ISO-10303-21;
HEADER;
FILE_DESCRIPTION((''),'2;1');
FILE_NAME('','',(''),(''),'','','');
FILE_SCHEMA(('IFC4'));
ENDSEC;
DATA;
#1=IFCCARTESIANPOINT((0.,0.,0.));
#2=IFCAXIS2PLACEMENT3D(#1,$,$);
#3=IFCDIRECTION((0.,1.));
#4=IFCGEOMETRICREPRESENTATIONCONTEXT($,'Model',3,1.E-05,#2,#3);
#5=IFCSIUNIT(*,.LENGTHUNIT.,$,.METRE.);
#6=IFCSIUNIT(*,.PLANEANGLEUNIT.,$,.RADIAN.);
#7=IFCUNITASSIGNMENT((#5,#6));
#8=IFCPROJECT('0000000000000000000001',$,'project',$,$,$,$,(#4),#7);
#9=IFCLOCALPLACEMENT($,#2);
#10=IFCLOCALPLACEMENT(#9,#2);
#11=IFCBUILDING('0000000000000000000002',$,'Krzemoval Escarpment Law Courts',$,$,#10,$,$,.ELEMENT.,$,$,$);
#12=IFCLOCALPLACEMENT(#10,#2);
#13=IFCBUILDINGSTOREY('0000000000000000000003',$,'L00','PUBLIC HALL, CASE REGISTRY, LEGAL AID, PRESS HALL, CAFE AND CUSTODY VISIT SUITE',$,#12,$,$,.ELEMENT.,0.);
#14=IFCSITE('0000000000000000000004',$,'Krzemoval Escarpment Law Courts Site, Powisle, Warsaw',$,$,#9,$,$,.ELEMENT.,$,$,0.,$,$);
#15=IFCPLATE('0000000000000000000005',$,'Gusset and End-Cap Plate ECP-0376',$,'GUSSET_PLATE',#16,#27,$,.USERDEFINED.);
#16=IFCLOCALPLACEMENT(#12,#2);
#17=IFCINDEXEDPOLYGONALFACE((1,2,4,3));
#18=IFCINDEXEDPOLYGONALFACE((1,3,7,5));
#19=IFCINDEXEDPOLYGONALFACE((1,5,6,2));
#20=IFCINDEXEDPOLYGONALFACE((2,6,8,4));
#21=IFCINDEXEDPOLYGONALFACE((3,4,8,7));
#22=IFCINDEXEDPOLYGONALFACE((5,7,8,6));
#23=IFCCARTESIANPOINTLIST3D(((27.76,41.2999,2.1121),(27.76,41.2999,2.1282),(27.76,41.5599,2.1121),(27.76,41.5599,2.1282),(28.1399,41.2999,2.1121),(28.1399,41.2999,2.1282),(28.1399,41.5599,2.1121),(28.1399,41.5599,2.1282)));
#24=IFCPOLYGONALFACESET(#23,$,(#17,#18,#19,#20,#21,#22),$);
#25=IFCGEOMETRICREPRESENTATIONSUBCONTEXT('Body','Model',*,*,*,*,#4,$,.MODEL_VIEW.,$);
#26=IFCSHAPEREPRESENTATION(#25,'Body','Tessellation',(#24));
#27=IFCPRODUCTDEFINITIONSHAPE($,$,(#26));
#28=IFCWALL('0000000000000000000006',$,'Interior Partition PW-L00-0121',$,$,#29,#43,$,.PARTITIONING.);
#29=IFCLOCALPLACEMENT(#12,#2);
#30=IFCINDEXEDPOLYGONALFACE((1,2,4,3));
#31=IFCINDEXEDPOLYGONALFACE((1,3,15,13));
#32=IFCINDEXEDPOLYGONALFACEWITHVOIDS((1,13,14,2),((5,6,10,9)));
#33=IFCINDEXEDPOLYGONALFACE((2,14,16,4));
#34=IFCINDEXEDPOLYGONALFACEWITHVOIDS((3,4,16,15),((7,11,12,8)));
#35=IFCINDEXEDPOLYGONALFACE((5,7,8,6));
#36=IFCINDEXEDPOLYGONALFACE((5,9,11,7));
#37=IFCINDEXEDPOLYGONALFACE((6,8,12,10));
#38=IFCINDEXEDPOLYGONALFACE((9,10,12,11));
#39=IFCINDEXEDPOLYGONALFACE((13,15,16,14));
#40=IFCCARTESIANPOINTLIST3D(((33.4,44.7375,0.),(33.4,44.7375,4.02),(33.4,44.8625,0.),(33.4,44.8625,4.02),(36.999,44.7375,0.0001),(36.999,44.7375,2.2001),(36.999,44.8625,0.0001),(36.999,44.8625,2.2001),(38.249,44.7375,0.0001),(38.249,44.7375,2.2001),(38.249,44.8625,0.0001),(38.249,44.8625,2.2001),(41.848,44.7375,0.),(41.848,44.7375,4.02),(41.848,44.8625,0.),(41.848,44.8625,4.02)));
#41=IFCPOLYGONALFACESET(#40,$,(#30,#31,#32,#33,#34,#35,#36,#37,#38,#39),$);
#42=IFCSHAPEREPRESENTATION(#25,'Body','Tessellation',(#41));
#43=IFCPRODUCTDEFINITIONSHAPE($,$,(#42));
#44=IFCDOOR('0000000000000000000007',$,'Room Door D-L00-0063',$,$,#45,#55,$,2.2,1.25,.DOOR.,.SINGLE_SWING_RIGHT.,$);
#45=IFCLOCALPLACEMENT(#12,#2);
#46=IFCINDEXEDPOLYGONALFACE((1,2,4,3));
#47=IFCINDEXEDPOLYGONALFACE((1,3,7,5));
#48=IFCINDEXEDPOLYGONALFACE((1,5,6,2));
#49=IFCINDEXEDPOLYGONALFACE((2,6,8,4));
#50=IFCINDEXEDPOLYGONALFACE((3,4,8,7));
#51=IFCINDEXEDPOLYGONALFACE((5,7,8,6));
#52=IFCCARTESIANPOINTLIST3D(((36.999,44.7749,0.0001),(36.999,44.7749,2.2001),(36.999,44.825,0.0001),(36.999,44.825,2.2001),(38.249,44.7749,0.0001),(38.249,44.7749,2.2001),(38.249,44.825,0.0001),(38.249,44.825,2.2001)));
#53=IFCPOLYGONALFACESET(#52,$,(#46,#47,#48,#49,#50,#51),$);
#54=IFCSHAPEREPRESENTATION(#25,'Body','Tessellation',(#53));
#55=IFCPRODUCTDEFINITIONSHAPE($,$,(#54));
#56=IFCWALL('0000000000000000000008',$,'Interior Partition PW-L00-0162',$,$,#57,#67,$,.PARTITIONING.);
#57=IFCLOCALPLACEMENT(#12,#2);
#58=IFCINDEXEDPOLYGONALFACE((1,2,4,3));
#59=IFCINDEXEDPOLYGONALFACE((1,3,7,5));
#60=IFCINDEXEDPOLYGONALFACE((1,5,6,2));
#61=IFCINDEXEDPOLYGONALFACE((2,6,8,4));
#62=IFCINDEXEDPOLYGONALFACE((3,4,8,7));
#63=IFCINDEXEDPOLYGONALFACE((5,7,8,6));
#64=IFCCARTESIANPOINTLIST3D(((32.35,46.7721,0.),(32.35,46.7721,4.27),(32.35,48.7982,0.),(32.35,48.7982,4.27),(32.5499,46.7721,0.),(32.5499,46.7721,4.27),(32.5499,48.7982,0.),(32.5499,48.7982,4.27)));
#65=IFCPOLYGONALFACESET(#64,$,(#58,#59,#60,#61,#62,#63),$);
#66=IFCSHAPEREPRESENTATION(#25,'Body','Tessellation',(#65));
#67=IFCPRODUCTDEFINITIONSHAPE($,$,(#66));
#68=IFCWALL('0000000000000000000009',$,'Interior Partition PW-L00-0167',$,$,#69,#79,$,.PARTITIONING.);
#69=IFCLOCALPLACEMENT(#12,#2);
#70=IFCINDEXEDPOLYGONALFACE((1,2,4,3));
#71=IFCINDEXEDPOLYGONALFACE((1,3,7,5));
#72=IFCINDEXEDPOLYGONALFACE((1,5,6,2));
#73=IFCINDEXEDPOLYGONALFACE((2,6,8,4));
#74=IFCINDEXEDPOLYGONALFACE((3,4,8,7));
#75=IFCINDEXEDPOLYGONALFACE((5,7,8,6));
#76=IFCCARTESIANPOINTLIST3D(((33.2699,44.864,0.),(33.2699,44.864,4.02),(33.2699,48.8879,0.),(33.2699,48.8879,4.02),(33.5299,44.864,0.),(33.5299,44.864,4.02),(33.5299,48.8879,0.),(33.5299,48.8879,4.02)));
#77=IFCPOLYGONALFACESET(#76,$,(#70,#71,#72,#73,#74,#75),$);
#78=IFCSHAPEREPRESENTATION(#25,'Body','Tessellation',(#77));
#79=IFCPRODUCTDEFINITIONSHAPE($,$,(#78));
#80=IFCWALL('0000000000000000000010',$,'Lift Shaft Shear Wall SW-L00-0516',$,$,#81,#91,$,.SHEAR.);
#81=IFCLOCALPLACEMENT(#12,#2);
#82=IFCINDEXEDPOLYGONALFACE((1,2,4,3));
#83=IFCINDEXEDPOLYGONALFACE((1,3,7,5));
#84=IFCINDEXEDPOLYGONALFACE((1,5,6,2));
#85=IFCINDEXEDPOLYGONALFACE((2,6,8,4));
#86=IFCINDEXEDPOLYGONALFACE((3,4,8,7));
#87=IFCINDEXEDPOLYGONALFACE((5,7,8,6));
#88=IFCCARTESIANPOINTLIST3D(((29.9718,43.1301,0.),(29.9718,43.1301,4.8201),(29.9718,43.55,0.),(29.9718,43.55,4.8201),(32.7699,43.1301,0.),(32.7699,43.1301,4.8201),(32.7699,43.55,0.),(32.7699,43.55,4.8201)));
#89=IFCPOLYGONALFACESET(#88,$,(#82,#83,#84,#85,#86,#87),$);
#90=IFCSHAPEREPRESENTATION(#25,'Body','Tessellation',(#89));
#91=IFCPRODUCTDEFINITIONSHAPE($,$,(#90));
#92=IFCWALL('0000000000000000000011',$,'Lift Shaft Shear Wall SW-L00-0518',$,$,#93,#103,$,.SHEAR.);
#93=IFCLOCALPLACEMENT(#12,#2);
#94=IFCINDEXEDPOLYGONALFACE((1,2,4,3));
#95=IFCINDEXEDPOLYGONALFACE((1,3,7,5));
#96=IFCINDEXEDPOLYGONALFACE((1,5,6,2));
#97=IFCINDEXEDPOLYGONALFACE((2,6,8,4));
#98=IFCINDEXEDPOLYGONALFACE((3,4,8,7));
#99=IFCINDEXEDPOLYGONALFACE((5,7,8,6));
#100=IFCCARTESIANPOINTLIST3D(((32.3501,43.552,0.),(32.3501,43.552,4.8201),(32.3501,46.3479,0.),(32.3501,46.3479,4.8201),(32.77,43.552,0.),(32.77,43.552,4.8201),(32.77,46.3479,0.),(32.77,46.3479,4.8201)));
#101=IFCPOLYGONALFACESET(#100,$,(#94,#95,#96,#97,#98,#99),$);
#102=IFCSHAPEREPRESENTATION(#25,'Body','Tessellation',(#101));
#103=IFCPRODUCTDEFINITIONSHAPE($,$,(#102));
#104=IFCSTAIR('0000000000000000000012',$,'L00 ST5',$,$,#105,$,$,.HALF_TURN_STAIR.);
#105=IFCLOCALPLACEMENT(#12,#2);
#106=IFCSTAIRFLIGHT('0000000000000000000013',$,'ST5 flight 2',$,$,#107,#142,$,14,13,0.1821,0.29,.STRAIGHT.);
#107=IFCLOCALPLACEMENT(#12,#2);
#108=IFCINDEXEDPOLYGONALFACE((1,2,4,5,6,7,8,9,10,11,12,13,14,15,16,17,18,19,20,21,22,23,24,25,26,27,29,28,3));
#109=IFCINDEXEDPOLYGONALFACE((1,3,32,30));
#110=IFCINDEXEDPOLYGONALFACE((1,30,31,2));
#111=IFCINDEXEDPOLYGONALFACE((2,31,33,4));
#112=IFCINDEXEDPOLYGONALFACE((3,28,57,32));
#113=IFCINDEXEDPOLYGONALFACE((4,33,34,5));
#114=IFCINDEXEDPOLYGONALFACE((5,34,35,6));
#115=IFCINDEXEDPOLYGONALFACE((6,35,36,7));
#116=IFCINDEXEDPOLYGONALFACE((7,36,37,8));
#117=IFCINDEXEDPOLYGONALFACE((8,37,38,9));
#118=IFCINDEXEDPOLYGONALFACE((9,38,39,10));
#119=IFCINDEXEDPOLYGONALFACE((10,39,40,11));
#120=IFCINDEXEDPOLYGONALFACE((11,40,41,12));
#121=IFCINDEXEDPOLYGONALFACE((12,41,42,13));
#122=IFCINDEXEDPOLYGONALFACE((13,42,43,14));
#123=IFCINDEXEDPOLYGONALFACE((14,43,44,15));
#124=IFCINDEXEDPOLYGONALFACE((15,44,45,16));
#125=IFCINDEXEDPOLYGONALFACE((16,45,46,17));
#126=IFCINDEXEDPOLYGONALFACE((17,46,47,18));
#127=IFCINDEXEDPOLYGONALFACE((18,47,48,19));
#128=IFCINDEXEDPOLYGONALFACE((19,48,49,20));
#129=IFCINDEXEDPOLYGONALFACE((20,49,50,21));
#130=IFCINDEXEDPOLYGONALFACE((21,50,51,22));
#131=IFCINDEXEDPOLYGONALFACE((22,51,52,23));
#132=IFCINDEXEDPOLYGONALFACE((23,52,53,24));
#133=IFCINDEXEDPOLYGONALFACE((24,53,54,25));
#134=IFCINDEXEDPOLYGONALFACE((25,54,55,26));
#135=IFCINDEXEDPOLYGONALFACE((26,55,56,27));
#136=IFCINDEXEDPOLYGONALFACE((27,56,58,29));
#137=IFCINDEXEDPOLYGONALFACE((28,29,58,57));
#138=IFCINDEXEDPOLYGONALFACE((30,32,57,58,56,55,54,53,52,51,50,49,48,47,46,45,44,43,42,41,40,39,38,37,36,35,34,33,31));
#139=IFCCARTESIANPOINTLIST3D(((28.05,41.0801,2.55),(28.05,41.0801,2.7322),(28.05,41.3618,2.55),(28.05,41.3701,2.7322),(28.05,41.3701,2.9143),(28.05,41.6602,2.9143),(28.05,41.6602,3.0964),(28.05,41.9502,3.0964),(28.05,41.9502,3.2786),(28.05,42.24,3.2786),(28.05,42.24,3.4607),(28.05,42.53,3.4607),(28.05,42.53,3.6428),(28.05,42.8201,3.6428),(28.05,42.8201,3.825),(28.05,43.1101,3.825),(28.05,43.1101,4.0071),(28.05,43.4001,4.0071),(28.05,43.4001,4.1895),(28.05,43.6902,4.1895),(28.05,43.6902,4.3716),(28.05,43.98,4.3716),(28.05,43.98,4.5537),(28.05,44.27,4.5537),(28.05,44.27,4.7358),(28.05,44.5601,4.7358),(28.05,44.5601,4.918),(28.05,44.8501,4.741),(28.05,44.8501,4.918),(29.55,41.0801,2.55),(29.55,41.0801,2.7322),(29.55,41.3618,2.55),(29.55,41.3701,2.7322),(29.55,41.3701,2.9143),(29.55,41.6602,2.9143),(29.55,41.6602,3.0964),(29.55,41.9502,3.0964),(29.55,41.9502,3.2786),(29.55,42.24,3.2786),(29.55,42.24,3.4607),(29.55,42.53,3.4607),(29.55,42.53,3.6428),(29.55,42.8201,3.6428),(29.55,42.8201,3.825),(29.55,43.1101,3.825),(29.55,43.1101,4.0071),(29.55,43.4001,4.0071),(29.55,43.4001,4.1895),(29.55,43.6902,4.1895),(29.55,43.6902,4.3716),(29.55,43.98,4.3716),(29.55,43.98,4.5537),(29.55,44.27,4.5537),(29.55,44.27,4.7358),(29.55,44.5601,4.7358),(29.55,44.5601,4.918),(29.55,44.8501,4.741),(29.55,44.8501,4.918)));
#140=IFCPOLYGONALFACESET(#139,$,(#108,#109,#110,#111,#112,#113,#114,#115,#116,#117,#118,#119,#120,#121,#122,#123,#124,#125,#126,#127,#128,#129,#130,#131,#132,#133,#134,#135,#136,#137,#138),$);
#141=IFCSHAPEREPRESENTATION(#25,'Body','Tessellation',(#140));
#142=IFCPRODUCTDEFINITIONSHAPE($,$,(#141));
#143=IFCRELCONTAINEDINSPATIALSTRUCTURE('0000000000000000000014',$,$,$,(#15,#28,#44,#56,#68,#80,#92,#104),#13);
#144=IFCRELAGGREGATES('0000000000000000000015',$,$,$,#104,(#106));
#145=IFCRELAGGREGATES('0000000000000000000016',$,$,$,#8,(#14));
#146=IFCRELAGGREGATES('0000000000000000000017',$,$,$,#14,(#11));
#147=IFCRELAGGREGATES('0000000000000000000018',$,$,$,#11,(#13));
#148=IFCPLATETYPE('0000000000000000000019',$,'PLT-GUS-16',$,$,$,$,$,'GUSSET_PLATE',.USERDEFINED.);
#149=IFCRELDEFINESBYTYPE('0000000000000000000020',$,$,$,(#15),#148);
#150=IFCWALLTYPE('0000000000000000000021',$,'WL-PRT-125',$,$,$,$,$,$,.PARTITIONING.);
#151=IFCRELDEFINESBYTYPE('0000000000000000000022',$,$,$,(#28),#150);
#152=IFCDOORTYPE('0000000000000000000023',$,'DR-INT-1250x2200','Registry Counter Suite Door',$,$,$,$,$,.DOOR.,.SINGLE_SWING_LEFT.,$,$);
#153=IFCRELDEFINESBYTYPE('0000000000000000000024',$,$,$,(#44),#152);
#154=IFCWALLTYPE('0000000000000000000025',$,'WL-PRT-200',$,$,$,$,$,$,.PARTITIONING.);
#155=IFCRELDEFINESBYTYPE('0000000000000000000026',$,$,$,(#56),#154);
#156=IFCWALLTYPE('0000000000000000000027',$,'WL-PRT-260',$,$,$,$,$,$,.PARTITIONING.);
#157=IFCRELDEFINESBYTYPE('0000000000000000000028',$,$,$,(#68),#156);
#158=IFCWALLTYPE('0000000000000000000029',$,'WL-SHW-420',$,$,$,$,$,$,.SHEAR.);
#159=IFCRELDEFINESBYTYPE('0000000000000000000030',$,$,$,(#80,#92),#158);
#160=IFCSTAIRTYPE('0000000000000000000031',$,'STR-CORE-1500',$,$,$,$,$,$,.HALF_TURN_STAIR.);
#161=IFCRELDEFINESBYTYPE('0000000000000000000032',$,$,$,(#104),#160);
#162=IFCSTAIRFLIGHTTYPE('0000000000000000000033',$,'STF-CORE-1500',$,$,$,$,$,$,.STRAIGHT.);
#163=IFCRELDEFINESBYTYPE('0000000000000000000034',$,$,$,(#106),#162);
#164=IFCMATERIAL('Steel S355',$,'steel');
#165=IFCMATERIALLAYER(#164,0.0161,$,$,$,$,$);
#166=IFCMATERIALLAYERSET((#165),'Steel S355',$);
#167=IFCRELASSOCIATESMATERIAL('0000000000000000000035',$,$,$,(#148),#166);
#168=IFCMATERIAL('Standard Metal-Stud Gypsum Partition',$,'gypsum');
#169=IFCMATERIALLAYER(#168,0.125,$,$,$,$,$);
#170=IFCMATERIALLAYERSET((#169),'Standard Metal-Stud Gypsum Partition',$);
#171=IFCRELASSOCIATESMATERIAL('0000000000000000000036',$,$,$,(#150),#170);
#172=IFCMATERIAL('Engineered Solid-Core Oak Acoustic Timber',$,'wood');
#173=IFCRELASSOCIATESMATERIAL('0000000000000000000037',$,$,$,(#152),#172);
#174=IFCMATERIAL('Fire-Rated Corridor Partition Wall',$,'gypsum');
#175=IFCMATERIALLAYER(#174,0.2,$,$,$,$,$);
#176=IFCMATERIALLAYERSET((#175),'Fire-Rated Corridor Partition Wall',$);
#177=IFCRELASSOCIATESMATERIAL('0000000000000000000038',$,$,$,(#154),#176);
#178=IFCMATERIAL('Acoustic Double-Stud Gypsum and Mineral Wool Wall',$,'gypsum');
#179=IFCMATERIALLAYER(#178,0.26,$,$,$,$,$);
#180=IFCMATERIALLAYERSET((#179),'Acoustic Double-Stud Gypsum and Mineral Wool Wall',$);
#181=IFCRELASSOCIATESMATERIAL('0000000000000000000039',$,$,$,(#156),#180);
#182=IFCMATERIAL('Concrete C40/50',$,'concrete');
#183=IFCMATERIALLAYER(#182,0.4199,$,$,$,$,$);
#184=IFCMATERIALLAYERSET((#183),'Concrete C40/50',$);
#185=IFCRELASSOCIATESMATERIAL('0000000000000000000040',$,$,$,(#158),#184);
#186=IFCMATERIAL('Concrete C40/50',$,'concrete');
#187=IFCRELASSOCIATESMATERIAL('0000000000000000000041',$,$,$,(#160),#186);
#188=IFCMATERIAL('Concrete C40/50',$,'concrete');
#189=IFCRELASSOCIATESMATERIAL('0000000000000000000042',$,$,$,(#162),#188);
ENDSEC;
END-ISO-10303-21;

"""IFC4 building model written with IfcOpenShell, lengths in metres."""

from ifc_helpers import new_model, si_unit, direction, frame, frame_2d, origin, origin_2d, place, context, subcontext, project, spatial, polyline, rectangle, outline, extrude, material, layer, layer_set, type_object, element, fill, aggregate, save


model = new_model("IFC4")

# Units and contexts
model_context = context("Model", 3, precision=1e-05, world=origin(), true_north=direction((0.0, 1.0)))
body_context = subcontext(model_context, "Body", "Model", "MODEL_VIEW")
ifc_project = project(units=[si_unit("LENGTHUNIT", "METRE"), si_unit("PLANEANGLEUNIT", "RADIAN")], contexts=[model_context])

# Site, building, storey
site_placement = place(None, origin())
site = spatial("IfcSite", under=ifc_project, at=site_placement, Name="Krzemoval Escarpment Law Courts Site, Powisle, Warsaw", CompositionType="ELEMENT", RefElevation=0.0)
building_placement = place(site_placement, origin())
building = spatial("IfcBuilding", under=site, at=building_placement, Name="Krzemoval Escarpment Law Courts", CompositionType="ELEMENT")
storey_placement = place(building_placement, origin())
storey = spatial("IfcBuildingStorey", under=building, at=storey_placement, Name="L00", Description="PUBLIC HALL, CASE REGISTRY, LEGAL AID, PRESS HALL, CAFE AND CUSTODY VISIT SUITE", CompositionType="ELEMENT", Elevation=0.0)

# Plate
ifc_material_1 = material(Name="Steel S355", Category="steel")
ifc_layer_1 = layer(ifc_material_1, 0.0161)
ifc_layer_set_1 = layer_set([ifc_layer_1], Name="Steel S355")
plate_type_1 = type_object("IfcPlateType", Name="PLT-GUS-16", ElementType="GUSSET_PLATE", PredefinedType="USERDEFINED", material=ifc_layer_set_1)
plate_1_placement = place(storey_placement, frame((27.95, 41.4299, 2.1121), z_axis=(0.0, 0.0, 1.0), x_axis=(1.0, 0.0, 0.0)))
element("IfcPlate", 1, at=plate_1_placement, inside=storey, type_object=plate_type_1, Name="Gusset and End-Cap Plate ECP-0376", ObjectType="GUSSET_PLATE", PredefinedType="USERDEFINED", context=body_context, shape_type="SweptSolid", body=[
    extrude(rectangle(XDim=0.3799, YDim=0.26, at=origin_2d()), origin(), (0.0, 0.0, 1.0), 0.0161),
])

# Wall, opening, door
ifc_material_2 = material(Name="Standard Metal-Stud Gypsum Partition", Category="gypsum")
ifc_layer_2 = layer(ifc_material_2, 0.125)
ifc_layer_set_2 = layer_set([ifc_layer_2], Name="Standard Metal-Stud Gypsum Partition")
wall_type_1 = type_object("IfcWallType", Name="WL-PRT-125", PredefinedType="PARTITIONING", material=ifc_layer_set_2)
wall_1_placement = place(storey_placement, frame((33.3999, 44.8, 0.0), z_axis=(0.0, 0.0, 1.0), x_axis=(1.0, 0.0, 0.0)))
wall_1 = element("IfcWall", 2, at=wall_1_placement, inside=storey, type_object=wall_type_1, Name="Interior Partition PW-L00-0121", PredefinedType="PARTITIONING", context=body_context, shape_type="SweptSolid", body=[
    extrude(rectangle(XDim=8.448, YDim=0.125, at=frame_2d((4.2241, 0.0))), origin(), (0.0, 0.0, 1.0), 4.02),
])
opening_1_placement = place(wall_1_placement, frame((3.5991, 0.0, 0.0)))
opening_1 = element("IfcOpeningElement", 3, at=opening_1_placement, cuts=wall_1, PredefinedType="OPENING", context=body_context, shape_type="SweptSolid", body=[
    extrude(rectangle(XDim=1.25, YDim=2.2, at=frame_2d((0.625, 1.1001))), frame((0.0, 0.0775, 0.0), z_axis=(0.0, -1.0, 0.0), x_axis=(1.0, 0.0, 0.0)), (0.0, 0.0, 1.0), 0.155),
])
ifc_material_3 = material(Name="Engineered Solid-Core Oak Acoustic Timber", Category="wood")
door_type_1 = type_object("IfcDoorType", Name="DR-INT-1250x2200", Description="Registry Counter Suite Door", OperationType="SINGLE_SWING_LEFT", PredefinedType="DOOR", material=ifc_material_3)
door_1_placement = place(opening_1_placement, origin())
door_1 = element("IfcDoor", 4, at=door_1_placement, inside=storey, type_object=door_type_1, Name="Room Door D-L00-0063", OperationType="SINGLE_SWING_RIGHT", OverallHeight=2.2, OverallWidth=1.25, PredefinedType="DOOR", context=body_context, shape_type="SweptSolid", body=[
    extrude(rectangle(XDim=1.25, YDim=2.2, at=frame_2d((0.625, 1.1001))), frame((0.0, 0.0249, 0.0), z_axis=(0.0, -1.0, 0.0), x_axis=(1.0, 0.0, 0.0)), (0.0, 0.0, 1.0), 0.05),
])
fill(opening_1, door_1)

# Walls
ifc_material_4 = material(Name="Fire-Rated Corridor Partition Wall", Category="gypsum")
ifc_layer_3 = layer(ifc_material_4, 0.2)
ifc_layer_set_3 = layer_set([ifc_layer_3], Name="Fire-Rated Corridor Partition Wall")
wall_type_2 = type_object("IfcWallType", Name="WL-PRT-200", PredefinedType="PARTITIONING", material=ifc_layer_set_3)
wall_2_placement = place(storey_placement, frame((32.45, 46.772, 0.0), z_axis=(0.0, 0.0, 1.0), x_axis=(0.0, 1.0, 0.0)))
element("IfcWall", 5, at=wall_2_placement, inside=storey, type_object=wall_type_2, Name="Interior Partition PW-L00-0162", PredefinedType="PARTITIONING", context=body_context, shape_type="SweptSolid", body=[
    extrude(rectangle(XDim=2.0261, YDim=0.2, at=frame_2d((1.0132, 0.0))), origin(), (0.0, 0.0, 1.0), 4.27),
])
ifc_material_5 = material(Name="Acoustic Double-Stud Gypsum and Mineral Wool Wall", Category="gypsum")
ifc_layer_4 = layer(ifc_material_5, 0.26)
ifc_layer_set_4 = layer_set([ifc_layer_4], Name="Acoustic Double-Stud Gypsum and Mineral Wool Wall")
wall_type_3 = type_object("IfcWallType", Name="WL-PRT-260", PredefinedType="PARTITIONING", material=ifc_layer_set_4)
wall_3_placement = place(storey_placement, frame((33.3999, 44.864, 0.0), z_axis=(0.0, 0.0, 1.0), x_axis=(0.0, 1.0, 0.0)))
element("IfcWall", 6, at=wall_3_placement, inside=storey, type_object=wall_type_3, Name="Interior Partition PW-L00-0167", PredefinedType="PARTITIONING", context=body_context, shape_type="SweptSolid", body=[
    extrude(rectangle(XDim=4.0239, YDim=0.26, at=frame_2d((2.012, 0.0))), origin(), (0.0, 0.0, 1.0), 4.02),
])
ifc_material_6 = material(Name="Concrete C40/50", Category="concrete")
ifc_layer_5 = layer(ifc_material_6, 0.4199)
ifc_layer_set_5 = layer_set([ifc_layer_5], Name="Concrete C40/50")
wall_type_4 = type_object("IfcWallType", Name="WL-SHW-420", PredefinedType="SHEAR", material=ifc_layer_set_5)
wall_4_placement = place(storey_placement, frame((29.9719, 43.3401, 0.0), z_axis=(0.0, 0.0, 1.0), x_axis=(1.0, 0.0, 0.0)))
element("IfcWall", 7, at=wall_4_placement, inside=storey, type_object=wall_type_4, Name="Lift Shaft Shear Wall SW-L00-0516", PredefinedType="SHEAR", context=body_context, shape_type="SweptSolid", body=[
    extrude(rectangle(XDim=2.7981, YDim=0.4199, at=frame_2d((1.3989, 0.0))), origin(), (0.0, 0.0, 1.0), 4.8201),
])

# Wall
wall_5_placement = place(storey_placement, frame((32.5601, 43.552, 0.0), z_axis=(0.0, 0.0, 1.0), x_axis=(0.0, 1.0, 0.0)))
element("IfcWall", 8, at=wall_5_placement, inside=storey, type_object=wall_type_4, Name="Lift Shaft Shear Wall SW-L00-0518", PredefinedType="SHEAR", context=body_context, shape_type="SweptSolid", body=[
    extrude(rectangle(XDim=2.7959, YDim=0.4199, at=frame_2d((1.3979, 0.0))), origin(), (0.0, 0.0, 1.0), 4.8201),
])

# Stair, stair flight
ifc_material_7 = material(Name="Concrete C40/50", Category="concrete")
stair_type = type_object("IfcStairType", Name="STR-CORE-1500", PredefinedType="HALF_TURN_STAIR", material=ifc_material_7)
stair_placement = place(storey_placement, origin())
stair = element("IfcStair", 9, at=stair_placement, inside=storey, type_object=stair_type, Name="L00 ST5", PredefinedType="HALF_TURN_STAIR")
ifc_material_8 = material(Name="Concrete C40/50", Category="concrete")
stair_flight_type = type_object("IfcStairFlightType", Name="STF-CORE-1500", PredefinedType="STRAIGHT", material=ifc_material_8)
stair_flight_placement = place(storey_placement, frame((28.8, 41.0801, 2.55), z_axis=(0.0, 0.0, 1.0), x_axis=(0.0, 1.0, 0.0)))
stair_flight = element("IfcStairFlight", 10, at=stair_flight_placement, type_object=stair_flight_type, Name="ST5 flight 2", NumberOfRisers=14, NumberOfTreads=13, PredefinedType="STRAIGHT", RiserHeight=0.1821, TreadLength=0.29, context=body_context, shape_type="SweptSolid", body=[
    extrude(outline(polyline([(0.0, 0.0), (0.0, 0.1821), (0.29, 0.1821), (0.29, 0.3643), (0.5801, 0.3643), (0.5801, 0.5464), (0.8701, 0.5464), (0.8701, 0.7285), (1.1599, 0.7285), (1.1599, 0.9106), (1.45, 0.9106), (1.45, 1.0928), (1.74, 1.0928), (1.74, 1.2749), (2.03, 1.2749), (2.03, 1.457), (2.3201, 1.457), (2.3201, 1.6394), (2.6101, 1.6394), (2.6101, 1.8215), (2.8999, 1.8215), (2.8999, 2.0037), (3.1899, 2.0037), (3.1899, 2.1858), (3.48, 2.1858), (3.48, 2.3679), (3.77, 2.3679), (3.77, 2.55), (3.77, 2.1909), (0.2817, 0.0), (0.0, 0.0)])), frame((0.0, 0.75, 0.0), z_axis=(0.0, -1.0, 0.0), x_axis=(1.0, 0.0, 0.0)), (0.0, 0.0, 1.0), 1.5),
])
aggregate(stair, [stair_flight])

save(model, "model.ifc")
